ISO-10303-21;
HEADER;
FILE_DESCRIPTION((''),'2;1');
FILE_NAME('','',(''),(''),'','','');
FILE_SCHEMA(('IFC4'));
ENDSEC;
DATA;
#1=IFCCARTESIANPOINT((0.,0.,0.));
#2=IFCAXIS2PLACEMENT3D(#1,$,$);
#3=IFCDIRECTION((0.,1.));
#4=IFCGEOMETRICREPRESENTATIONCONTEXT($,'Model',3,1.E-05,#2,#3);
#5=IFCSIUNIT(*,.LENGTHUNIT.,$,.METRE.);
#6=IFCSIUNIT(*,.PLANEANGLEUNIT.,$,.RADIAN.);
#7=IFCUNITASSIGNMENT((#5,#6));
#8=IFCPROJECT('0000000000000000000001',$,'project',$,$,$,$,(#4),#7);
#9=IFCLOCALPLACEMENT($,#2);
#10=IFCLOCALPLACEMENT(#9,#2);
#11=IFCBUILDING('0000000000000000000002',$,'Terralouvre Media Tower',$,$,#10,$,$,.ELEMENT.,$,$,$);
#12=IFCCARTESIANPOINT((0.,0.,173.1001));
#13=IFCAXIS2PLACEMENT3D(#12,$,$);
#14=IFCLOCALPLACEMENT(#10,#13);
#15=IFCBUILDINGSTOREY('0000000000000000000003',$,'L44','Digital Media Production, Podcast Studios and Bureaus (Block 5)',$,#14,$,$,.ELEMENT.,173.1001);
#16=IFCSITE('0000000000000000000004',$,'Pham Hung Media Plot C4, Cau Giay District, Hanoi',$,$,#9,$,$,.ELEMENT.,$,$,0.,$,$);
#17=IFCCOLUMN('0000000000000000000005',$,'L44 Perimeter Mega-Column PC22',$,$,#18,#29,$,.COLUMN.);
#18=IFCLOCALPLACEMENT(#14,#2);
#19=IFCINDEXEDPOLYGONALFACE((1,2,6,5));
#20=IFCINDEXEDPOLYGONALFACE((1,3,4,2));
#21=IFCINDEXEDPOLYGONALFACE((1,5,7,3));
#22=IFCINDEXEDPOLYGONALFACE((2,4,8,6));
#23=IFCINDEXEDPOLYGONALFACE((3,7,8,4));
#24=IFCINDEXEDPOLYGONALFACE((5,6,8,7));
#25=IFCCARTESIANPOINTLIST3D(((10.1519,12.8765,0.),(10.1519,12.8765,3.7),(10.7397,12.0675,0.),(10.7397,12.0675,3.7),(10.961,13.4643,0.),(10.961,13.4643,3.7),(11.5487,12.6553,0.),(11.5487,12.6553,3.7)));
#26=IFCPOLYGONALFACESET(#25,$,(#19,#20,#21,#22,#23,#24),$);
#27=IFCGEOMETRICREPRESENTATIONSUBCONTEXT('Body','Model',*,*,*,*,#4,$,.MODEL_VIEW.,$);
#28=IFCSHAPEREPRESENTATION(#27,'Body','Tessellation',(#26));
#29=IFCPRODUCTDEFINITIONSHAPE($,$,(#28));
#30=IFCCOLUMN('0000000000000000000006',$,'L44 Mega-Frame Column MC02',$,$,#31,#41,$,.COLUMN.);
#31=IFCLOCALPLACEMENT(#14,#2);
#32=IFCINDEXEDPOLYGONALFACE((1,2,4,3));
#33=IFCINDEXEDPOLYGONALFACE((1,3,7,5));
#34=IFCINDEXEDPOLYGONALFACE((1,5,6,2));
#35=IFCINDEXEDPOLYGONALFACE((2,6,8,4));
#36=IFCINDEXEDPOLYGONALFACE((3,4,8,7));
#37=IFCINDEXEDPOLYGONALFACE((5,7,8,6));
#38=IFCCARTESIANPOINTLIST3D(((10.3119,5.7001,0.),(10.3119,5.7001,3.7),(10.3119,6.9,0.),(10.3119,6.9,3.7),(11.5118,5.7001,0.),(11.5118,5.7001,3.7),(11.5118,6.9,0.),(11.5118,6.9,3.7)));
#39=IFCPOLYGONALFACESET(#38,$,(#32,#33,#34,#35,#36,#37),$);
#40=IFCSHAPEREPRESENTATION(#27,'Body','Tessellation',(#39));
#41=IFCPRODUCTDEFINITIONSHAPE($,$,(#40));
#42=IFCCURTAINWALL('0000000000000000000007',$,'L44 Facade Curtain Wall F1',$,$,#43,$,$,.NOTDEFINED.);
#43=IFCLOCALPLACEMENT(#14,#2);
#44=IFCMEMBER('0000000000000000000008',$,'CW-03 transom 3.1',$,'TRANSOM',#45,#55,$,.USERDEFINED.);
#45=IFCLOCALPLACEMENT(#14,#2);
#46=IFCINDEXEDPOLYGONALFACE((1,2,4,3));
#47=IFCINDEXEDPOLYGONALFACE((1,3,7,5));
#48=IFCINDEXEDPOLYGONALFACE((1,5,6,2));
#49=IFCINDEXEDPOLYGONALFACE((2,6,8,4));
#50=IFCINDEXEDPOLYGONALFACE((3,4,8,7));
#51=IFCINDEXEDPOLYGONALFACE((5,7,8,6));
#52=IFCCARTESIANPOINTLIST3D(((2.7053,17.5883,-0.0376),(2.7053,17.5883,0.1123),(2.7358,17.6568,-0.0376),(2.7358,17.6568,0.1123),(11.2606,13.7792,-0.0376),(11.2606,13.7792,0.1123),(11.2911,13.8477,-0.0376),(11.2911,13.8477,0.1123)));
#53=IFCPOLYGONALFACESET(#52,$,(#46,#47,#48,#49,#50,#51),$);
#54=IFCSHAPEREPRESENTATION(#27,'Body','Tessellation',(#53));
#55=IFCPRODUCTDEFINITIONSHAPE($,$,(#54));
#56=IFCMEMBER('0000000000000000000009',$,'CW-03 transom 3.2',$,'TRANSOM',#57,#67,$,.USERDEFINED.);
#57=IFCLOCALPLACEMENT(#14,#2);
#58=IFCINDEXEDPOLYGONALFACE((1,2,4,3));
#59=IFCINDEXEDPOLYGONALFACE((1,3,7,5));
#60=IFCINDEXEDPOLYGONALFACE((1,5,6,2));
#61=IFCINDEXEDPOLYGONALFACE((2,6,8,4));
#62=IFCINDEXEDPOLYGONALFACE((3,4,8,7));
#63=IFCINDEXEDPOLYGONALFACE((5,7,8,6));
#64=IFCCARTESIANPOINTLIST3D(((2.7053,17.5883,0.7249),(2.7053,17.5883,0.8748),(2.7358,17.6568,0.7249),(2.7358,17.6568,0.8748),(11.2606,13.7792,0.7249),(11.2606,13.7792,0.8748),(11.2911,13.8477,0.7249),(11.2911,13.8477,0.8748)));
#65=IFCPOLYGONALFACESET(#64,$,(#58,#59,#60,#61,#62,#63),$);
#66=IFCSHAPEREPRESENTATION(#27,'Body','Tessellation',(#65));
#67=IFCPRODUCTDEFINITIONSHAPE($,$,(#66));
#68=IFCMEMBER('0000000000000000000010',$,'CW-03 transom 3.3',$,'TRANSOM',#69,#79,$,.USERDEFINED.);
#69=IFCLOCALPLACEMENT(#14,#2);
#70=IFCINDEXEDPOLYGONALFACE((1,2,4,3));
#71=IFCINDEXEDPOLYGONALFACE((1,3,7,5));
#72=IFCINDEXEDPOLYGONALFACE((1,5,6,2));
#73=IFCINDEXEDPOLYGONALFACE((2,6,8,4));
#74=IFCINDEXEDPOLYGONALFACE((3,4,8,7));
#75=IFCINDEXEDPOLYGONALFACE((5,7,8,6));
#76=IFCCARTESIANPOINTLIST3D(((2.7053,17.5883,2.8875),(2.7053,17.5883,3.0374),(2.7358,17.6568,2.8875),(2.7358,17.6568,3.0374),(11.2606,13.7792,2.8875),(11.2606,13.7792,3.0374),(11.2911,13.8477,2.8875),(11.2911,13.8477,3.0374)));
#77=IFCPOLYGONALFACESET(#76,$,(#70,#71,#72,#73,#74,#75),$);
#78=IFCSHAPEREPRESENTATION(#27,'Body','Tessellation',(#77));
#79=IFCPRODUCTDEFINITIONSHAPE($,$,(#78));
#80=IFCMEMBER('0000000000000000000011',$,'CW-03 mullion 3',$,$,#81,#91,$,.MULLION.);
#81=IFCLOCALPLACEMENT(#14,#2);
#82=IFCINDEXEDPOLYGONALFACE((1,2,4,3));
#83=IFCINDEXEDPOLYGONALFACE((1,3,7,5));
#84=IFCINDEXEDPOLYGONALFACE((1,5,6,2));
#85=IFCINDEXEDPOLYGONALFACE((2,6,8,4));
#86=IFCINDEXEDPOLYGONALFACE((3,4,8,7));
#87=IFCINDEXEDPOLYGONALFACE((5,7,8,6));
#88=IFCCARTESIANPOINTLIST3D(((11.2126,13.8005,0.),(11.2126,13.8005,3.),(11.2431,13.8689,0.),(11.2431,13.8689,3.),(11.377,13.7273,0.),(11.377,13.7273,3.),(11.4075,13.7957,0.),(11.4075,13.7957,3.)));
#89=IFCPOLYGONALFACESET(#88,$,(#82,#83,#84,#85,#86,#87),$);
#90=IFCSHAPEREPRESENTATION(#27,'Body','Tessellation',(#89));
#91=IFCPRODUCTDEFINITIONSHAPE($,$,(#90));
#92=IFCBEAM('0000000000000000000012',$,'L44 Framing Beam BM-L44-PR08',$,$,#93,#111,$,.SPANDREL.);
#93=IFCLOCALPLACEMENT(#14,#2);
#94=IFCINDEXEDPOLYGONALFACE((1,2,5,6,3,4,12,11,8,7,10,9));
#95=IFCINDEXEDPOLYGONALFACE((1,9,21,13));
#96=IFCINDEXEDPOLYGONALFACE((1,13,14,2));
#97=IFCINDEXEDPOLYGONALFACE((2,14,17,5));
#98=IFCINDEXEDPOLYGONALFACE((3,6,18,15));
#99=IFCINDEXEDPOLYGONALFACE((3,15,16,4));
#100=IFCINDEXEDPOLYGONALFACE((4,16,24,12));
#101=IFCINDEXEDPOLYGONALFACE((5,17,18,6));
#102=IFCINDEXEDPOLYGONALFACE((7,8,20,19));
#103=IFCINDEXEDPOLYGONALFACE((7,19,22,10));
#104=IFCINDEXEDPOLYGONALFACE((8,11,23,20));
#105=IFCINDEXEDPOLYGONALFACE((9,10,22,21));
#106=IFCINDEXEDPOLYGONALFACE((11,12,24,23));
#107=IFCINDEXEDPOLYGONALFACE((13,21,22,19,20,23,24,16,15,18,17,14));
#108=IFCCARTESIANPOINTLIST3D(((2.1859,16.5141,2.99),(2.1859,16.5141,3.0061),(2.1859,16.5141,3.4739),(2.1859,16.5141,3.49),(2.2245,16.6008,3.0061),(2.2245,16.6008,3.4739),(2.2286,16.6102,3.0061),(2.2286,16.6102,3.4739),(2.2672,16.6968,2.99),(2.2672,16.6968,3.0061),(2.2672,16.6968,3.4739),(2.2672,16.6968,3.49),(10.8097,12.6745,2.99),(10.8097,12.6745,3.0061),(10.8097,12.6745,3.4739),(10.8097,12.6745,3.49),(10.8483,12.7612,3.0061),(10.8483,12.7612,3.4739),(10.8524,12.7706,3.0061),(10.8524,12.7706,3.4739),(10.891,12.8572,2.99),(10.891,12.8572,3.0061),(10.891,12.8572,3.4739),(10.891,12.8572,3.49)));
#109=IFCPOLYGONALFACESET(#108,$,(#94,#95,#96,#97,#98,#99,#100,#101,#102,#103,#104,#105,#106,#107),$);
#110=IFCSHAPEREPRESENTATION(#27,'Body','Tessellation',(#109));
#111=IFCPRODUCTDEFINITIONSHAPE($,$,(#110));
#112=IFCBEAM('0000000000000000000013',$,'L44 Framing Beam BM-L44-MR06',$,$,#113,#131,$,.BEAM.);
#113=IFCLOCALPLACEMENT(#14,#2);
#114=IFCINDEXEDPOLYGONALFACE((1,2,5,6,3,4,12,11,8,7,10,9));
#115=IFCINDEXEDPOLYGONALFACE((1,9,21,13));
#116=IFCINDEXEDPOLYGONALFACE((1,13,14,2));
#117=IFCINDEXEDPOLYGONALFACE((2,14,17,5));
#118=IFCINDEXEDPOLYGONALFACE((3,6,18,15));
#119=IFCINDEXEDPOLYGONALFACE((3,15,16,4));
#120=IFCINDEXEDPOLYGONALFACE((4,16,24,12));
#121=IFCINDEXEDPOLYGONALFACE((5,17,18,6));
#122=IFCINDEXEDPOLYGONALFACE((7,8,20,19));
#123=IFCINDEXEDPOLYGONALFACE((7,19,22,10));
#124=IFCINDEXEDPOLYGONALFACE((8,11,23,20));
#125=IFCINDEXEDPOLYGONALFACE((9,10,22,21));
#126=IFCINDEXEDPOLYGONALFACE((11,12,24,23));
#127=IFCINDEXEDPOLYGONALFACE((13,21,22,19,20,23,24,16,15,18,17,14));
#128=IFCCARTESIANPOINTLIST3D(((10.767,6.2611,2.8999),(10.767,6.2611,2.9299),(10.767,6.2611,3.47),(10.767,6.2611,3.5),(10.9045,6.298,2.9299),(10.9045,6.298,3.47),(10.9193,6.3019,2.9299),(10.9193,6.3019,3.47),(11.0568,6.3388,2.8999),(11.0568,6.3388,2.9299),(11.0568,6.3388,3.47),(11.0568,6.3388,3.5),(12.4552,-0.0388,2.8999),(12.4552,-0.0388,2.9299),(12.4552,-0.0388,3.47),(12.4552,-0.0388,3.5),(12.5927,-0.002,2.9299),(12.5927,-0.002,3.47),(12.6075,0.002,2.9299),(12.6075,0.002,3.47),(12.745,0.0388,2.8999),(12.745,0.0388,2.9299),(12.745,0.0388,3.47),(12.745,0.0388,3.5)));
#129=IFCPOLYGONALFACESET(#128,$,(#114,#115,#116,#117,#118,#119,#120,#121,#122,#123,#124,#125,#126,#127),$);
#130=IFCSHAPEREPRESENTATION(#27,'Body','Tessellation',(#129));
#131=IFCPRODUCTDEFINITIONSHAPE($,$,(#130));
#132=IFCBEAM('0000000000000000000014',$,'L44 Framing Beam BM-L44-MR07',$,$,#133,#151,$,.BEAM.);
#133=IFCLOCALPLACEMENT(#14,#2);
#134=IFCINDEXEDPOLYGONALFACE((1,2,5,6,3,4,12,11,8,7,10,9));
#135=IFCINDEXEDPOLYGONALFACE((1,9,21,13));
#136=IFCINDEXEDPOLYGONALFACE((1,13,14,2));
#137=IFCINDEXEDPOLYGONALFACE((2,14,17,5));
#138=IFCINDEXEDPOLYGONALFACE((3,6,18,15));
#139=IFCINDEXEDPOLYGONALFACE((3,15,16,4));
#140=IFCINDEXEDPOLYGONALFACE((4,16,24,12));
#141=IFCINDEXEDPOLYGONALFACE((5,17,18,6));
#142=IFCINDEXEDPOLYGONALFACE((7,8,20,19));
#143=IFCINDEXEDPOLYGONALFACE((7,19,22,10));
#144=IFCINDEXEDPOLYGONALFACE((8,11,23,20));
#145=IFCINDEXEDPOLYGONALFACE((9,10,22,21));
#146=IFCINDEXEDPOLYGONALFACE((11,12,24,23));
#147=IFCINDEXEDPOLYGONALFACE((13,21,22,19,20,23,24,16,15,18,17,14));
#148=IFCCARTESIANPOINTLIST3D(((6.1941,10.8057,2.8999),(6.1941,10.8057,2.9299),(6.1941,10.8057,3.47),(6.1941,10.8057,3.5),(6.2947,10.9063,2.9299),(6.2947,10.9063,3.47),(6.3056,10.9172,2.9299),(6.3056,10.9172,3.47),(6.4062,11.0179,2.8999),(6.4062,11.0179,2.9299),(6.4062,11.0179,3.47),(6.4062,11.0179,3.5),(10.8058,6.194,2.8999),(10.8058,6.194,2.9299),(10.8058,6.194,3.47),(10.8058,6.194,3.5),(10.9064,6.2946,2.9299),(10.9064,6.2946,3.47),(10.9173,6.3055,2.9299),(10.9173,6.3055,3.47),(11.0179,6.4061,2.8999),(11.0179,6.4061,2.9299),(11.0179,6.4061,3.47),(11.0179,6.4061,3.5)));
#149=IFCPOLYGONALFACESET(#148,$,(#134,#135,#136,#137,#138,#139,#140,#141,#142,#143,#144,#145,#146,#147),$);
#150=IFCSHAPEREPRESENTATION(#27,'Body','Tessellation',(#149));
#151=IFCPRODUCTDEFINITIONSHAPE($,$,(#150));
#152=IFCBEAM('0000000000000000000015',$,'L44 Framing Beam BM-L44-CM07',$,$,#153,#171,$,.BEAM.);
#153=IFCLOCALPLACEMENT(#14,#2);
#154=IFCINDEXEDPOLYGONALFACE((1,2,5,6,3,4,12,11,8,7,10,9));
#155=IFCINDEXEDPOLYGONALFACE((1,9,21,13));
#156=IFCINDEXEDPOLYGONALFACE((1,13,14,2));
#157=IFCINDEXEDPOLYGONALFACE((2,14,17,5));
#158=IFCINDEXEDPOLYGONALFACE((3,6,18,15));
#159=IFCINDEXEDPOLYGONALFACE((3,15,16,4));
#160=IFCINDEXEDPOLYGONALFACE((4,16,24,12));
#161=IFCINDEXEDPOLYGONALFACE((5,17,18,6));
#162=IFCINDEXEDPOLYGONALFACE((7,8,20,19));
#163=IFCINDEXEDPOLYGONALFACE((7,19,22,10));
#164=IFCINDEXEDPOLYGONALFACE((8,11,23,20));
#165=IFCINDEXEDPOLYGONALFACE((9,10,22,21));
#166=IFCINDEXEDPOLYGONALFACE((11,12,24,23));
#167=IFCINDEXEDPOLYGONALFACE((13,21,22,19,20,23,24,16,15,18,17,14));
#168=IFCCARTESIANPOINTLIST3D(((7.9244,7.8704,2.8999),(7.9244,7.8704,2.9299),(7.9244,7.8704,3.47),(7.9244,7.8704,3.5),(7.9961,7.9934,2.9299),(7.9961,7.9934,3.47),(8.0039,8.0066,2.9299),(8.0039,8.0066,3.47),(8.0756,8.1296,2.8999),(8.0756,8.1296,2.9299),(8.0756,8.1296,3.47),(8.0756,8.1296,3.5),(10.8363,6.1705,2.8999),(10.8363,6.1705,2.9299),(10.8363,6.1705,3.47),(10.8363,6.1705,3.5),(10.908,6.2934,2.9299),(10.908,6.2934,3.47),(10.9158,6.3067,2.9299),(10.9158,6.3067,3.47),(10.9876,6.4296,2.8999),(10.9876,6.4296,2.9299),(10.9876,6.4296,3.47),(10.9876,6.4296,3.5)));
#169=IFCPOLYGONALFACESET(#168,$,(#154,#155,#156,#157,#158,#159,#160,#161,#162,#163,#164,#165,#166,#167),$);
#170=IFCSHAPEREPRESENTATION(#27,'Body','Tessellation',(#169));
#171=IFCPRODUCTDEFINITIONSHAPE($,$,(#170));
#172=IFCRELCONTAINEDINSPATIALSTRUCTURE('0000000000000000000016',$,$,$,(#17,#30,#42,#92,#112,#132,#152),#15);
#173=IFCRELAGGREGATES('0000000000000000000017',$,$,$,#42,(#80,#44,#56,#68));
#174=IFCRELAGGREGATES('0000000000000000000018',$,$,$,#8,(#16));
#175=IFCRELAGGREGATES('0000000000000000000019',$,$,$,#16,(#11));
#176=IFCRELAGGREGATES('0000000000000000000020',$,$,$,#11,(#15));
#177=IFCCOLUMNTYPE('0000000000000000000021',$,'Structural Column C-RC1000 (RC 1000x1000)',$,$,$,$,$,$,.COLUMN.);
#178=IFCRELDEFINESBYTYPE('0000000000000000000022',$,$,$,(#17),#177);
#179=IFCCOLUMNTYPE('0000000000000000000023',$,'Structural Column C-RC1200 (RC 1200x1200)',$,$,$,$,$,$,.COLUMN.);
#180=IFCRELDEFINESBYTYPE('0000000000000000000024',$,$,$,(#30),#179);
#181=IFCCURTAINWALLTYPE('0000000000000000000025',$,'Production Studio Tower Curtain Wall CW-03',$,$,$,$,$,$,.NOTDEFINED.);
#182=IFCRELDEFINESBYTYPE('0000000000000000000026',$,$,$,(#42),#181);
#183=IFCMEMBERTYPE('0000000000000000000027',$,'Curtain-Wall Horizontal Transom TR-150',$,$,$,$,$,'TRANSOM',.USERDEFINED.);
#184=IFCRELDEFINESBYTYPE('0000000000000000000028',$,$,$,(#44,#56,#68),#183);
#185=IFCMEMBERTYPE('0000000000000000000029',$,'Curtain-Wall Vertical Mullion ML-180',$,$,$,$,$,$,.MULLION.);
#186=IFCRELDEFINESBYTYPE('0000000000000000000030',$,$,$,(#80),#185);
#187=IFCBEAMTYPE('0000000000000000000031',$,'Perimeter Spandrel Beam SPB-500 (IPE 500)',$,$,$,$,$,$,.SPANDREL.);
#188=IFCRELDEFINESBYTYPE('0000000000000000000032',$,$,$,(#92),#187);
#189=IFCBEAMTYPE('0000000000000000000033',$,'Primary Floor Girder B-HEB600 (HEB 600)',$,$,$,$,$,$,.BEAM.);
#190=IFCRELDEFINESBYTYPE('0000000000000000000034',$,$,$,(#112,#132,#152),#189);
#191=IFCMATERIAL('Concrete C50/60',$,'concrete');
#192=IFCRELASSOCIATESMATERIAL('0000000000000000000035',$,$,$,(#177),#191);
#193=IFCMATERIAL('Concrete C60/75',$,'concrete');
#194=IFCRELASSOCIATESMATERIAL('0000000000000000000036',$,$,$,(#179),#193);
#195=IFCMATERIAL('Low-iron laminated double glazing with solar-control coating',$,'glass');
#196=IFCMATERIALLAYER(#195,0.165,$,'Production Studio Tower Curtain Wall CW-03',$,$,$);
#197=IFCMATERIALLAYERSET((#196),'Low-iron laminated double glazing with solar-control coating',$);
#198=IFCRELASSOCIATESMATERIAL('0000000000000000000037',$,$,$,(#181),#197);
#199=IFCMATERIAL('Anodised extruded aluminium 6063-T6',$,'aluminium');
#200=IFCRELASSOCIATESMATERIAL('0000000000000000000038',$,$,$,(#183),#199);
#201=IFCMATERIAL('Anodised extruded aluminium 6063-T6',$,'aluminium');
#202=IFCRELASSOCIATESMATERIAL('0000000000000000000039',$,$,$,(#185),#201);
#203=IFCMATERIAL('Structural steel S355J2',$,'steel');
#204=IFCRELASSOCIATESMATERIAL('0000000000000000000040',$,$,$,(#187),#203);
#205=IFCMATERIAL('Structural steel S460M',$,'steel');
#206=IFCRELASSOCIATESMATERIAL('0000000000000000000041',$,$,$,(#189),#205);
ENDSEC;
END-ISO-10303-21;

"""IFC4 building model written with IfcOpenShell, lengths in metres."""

from ifc_helpers import new_model, si_unit, direction, frame, origin, origin_2d, place, context, subcontext, project, spatial, rectangle, i_section, extrude, material, layer, layer_set, material_profile, profile_set, type_object, element, aggregate, save


model = new_model("IFC4")

# Units and contexts
model_context = context("Model", 3, precision=1e-05, world=origin(), true_north=direction((0.0, 1.0)))
body_context = subcontext(model_context, "Body", "Model", "MODEL_VIEW")
ifc_project = project(units=[si_unit("LENGTHUNIT", "METRE"), si_unit("PLANEANGLEUNIT", "RADIAN")], contexts=[model_context])

# Site, building, storey
site_placement = place(None, origin())
site = spatial("IfcSite", under=ifc_project, at=site_placement, Name="Pham Hung Media Plot C4, Cau Giay District, Hanoi", CompositionType="ELEMENT", RefElevation=0.0)
building_placement = place(site_placement, origin())
building = spatial("IfcBuilding", under=site, at=building_placement, Name="Terralouvre Media Tower", CompositionType="ELEMENT")
storey_placement = place(building_placement, frame((0.0, 0.0, 173.1001)))
storey = spatial("IfcBuildingStorey", under=building, at=storey_placement, Name="L44", Description="Digital Media Production, Podcast Studios and Bureaus (Block 5)", CompositionType="ELEMENT", Elevation=173.1001)

# Columns
ifc_material_1 = material(Name="Concrete C50/60", Category="concrete")
ifc_material_profile_1 = material_profile(ifc_material_1, rectangle(XDim=1.0, YDim=1.0, at=origin_2d()), Name="RC 1000x1000")
ifc_profile_set_1 = profile_set([ifc_material_profile_1], Name="Concrete C50/60")
column_type_1 = type_object("IfcColumnType", Name="Structural Column C-RC1000 (RC 1000x1000)", PredefinedType="COLUMN", material=ifc_profile_set_1)
column_1_placement = place(storey_placement, frame((10.8503, 12.7659, 0.0), z_axis=(0.0, 0.0, 1.0), x_axis=(0.809017, 0.587785, 0.0)))
element("IfcColumn", 1, at=column_1_placement, inside=storey, type_object=column_type_1, Name="L44 Perimeter Mega-Column PC22", PredefinedType="COLUMN", context=body_context, shape_type="SweptSolid", body=[
    extrude(rectangle(XDim=1.0, YDim=1.0, at=origin_2d()), origin(), (0.0, 0.0, 1.0), 3.7),
])
ifc_material_2 = material(Name="Concrete C60/75", Category="concrete")
ifc_material_profile_2 = material_profile(ifc_material_2, rectangle(XDim=1.2, YDim=1.2, at=origin_2d()), Name="RC 1200x1200")
ifc_profile_set_2 = profile_set([ifc_material_profile_2], Name="Concrete C60/75")
column_type_2 = type_object("IfcColumnType", Name="Structural Column C-RC1200 (RC 1200x1200)", PredefinedType="COLUMN", material=ifc_profile_set_2)
column_2_placement = place(storey_placement, frame((10.9119, 6.3, 0.0), z_axis=(0.0, 0.0, 1.0), x_axis=(1.0, 0.0, 0.0)))
element("IfcColumn", 2, at=column_2_placement, inside=storey, type_object=column_type_2, Name="L44 Mega-Frame Column MC02", PredefinedType="COLUMN", context=body_context, shape_type="SweptSolid", body=[
    extrude(rectangle(XDim=1.2, YDim=1.2, at=origin_2d()), origin(), (0.0, 0.0, 1.0), 3.7),
])

# Curtain wall, members
ifc_material_3 = material(Name="Low-iron laminated double glazing with solar-control coating", Category="glass")
ifc_layer_1 = layer(ifc_material_3, 0.165, Name="Production Studio Tower Curtain Wall CW-03")
ifc_layer_set_1 = layer_set([ifc_layer_1], Name="Low-iron laminated double glazing with solar-control coating")
curtain_wall_type = type_object("IfcCurtainWallType", Name="Production Studio Tower Curtain Wall CW-03", PredefinedType="NOTDEFINED", material=ifc_layer_set_1)
curtain_wall_placement = place(storey_placement, origin())
curtain_wall = element("IfcCurtainWall", 3, at=curtain_wall_placement, inside=storey, type_object=curtain_wall_type, Name="L44 Facade Curtain Wall F1", PredefinedType="NOTDEFINED")
ifc_material_4 = material(Name="Anodised extruded aluminium 6063-T6", Category="aluminium")
ifc_material_profile_3 = material_profile(ifc_material_4, rectangle(XDim=0.075, YDim=0.1499, at=origin_2d()), Name="ALU 75x150")
ifc_profile_set_3 = profile_set([ifc_material_profile_3], Name="Anodised extruded aluminium 6063-T6")
member_type_1 = type_object("IfcMemberType", Name="Curtain-Wall Horizontal Transom TR-150", ElementType="TRANSOM", PredefinedType="USERDEFINED", material=ifc_profile_set_3)
member_1_placement = place(storey_placement, frame((11.2759, 13.8135, 0.0374), z_axis=(-0.913547, 0.406733, 0.0), x_axis=(-0.406733, -0.913547, 0.0)))
member_1 = element("IfcMember", 4, at=member_1_placement, type_object=member_type_1, Name="CW-03 transom 3.1", ObjectType="TRANSOM", PredefinedType="USERDEFINED", context=body_context, shape_type="SweptSolid", body=[
    extrude(rectangle(XDim=0.075, YDim=0.1499, at=origin_2d()), origin(), (0.0, 0.0, 1.0), 9.365),
])
member_2_placement = place(storey_placement, frame((11.2759, 13.8135, 0.7998), z_axis=(-0.913547, 0.406733, 0.0), x_axis=(-0.406733, -0.913547, 0.0)))
member_2 = element("IfcMember", 5, at=member_2_placement, type_object=member_type_1, Name="CW-03 transom 3.2", ObjectType="TRANSOM", PredefinedType="USERDEFINED", context=body_context, shape_type="SweptSolid", body=[
    extrude(rectangle(XDim=0.075, YDim=0.1499, at=origin_2d()), origin(), (0.0, 0.0, 1.0), 9.365),
])
member_3_placement = place(storey_placement, frame((11.2759, 13.8135, 2.9624), z_axis=(-0.913547, 0.406733, 0.0), x_axis=(-0.406733, -0.913547, 0.0)))
member_3 = element("IfcMember", 6, at=member_3_placement, type_object=member_type_1, Name="CW-03 transom 3.3", ObjectType="TRANSOM", PredefinedType="USERDEFINED", context=body_context, shape_type="SweptSolid", body=[
    extrude(rectangle(XDim=0.075, YDim=0.1499, at=origin_2d()), origin(), (0.0, 0.0, 1.0), 9.365),
])
ifc_material_5 = material(Name="Anodised extruded aluminium 6063-T6", Category="aluminium")
ifc_material_profile_4 = material_profile(ifc_material_5, rectangle(XDim=0.075, YDim=0.1799, at=origin_2d()), Name="ALU 75x180")
ifc_profile_set_4 = profile_set([ifc_material_profile_4], Name="Anodised extruded aluminium 6063-T6")
member_type_2 = type_object("IfcMemberType", Name="Curtain-Wall Vertical Mullion ML-180", PredefinedType="MULLION", material=ifc_profile_set_4)
member_4_placement = place(storey_placement, frame((11.3101, 13.7981, 0.0), z_axis=(0.0, 0.0, 1.0), x_axis=(-0.406737, -0.913545, 0.0)))
member_4 = element("IfcMember", 7, at=member_4_placement, type_object=member_type_2, Name="CW-03 mullion 3", PredefinedType="MULLION", context=body_context, shape_type="SweptSolid", body=[
    extrude(rectangle(XDim=0.075, YDim=0.1799, at=origin_2d()), origin(), (0.0, 0.0, 1.0), 3.0),
])
aggregate(curtain_wall, [member_4, member_1, member_2, member_3])

# Beams
ifc_material_6 = material(Name="Structural steel S355J2", Category="steel")
ifc_material_profile_5 = material_profile(ifc_material_6, i_section(OverallWidth=0.2, OverallDepth=0.5, WebThickness=0.0103, FlangeThickness=0.0161, at=origin_2d()), Name="IPE 500")
ifc_profile_set_5 = profile_set([ifc_material_profile_5], Name="Structural steel S355J2")
beam_type_1 = type_object("IfcBeamType", Name="Perimeter Spandrel Beam SPB-500 (IPE 500)", PredefinedType="SPANDREL", material=ifc_profile_set_5)
beam_1_placement = place(storey_placement, frame((10.8503, 12.7659, 3.24), z_axis=(-0.913544, 0.406741, 0.0), x_axis=(-0.406741, -0.913544, 0.0)))
element("IfcBeam", 8, at=beam_1_placement, inside=storey, type_object=beam_type_1, Name="L44 Framing Beam BM-L44-PR08", PredefinedType="SPANDREL", context=body_context, shape_type="SweptSolid", body=[
    extrude(i_section(OverallWidth=0.2, OverallDepth=0.5, WebThickness=0.0103, FlangeThickness=0.0161, at=origin_2d()), origin(), (0.0, 0.0, 1.0), 9.4399),
])
ifc_material_7 = material(Name="Structural steel S460M", Category="steel")
ifc_material_profile_6 = material_profile(ifc_material_7, i_section(OverallWidth=0.3, OverallDepth=0.6001, WebThickness=0.0154, FlangeThickness=0.03, at=origin_2d()), Name="HEB 600")
ifc_profile_set_6 = profile_set([ifc_material_profile_6], Name="Structural steel S460M")
beam_type_2 = type_object("IfcBeamType", Name="Primary Floor Girder B-HEB600 (HEB 600)", PredefinedType="BEAM", material=ifc_profile_set_6)
beam_2_placement = place(storey_placement, frame((12.6001, 0.0, 3.2), z_axis=(-0.258839, 0.96592, 0.0), x_axis=(-0.96592, -0.258839, 0.0)))
element("IfcBeam", 9, at=beam_2_placement, inside=storey, type_object=beam_type_2, Name="L44 Framing Beam BM-L44-MR06", PredefinedType="BEAM", context=body_context, shape_type="SweptSolid", body=[
    extrude(i_section(OverallWidth=0.3, OverallDepth=0.6001, WebThickness=0.0154, FlangeThickness=0.03, at=origin_2d()), origin(), (0.0, 0.0, 1.0), 6.5222),
])
beam_3_placement = place(storey_placement, frame((10.9119, 6.3, 3.2), z_axis=(-0.707107, 0.707107, 0.0), x_axis=(-0.707107, -0.707107, 0.0)))
element("IfcBeam", 10, at=beam_3_placement, inside=storey, type_object=beam_type_2, Name="L44 Framing Beam BM-L44-MR07", PredefinedType="BEAM", context=body_context, shape_type="SweptSolid", body=[
    extrude(i_section(OverallWidth=0.3, OverallDepth=0.6001, WebThickness=0.0154, FlangeThickness=0.03, at=origin_2d()), origin(), (0.0, 0.0, 1.0), 6.522),
])
for number, where, z_axis, x_axis, name in (
    (11, (8.0, 8.0, 3.2), (0.863603, -0.504173, 0.0), (0.504173, 0.863603, 0.0), "L44 Framing Beam BM-L44-CM07"),
):
    element("IfcBeam", number, at=place(storey_placement, frame(where, z_axis=z_axis, x_axis=x_axis)), inside=storey, type_object=beam_type_2, Name=name, PredefinedType="BEAM", context=body_context, shape_type="SweptSolid", body=[
        extrude(i_section(OverallWidth=0.3, OverallDepth=0.6001, WebThickness=0.0154, FlangeThickness=0.03, at=origin_2d()), origin(), (0.0, 0.0, 1.0), 3.3718),
    ])

save(model, "model.ifc")
